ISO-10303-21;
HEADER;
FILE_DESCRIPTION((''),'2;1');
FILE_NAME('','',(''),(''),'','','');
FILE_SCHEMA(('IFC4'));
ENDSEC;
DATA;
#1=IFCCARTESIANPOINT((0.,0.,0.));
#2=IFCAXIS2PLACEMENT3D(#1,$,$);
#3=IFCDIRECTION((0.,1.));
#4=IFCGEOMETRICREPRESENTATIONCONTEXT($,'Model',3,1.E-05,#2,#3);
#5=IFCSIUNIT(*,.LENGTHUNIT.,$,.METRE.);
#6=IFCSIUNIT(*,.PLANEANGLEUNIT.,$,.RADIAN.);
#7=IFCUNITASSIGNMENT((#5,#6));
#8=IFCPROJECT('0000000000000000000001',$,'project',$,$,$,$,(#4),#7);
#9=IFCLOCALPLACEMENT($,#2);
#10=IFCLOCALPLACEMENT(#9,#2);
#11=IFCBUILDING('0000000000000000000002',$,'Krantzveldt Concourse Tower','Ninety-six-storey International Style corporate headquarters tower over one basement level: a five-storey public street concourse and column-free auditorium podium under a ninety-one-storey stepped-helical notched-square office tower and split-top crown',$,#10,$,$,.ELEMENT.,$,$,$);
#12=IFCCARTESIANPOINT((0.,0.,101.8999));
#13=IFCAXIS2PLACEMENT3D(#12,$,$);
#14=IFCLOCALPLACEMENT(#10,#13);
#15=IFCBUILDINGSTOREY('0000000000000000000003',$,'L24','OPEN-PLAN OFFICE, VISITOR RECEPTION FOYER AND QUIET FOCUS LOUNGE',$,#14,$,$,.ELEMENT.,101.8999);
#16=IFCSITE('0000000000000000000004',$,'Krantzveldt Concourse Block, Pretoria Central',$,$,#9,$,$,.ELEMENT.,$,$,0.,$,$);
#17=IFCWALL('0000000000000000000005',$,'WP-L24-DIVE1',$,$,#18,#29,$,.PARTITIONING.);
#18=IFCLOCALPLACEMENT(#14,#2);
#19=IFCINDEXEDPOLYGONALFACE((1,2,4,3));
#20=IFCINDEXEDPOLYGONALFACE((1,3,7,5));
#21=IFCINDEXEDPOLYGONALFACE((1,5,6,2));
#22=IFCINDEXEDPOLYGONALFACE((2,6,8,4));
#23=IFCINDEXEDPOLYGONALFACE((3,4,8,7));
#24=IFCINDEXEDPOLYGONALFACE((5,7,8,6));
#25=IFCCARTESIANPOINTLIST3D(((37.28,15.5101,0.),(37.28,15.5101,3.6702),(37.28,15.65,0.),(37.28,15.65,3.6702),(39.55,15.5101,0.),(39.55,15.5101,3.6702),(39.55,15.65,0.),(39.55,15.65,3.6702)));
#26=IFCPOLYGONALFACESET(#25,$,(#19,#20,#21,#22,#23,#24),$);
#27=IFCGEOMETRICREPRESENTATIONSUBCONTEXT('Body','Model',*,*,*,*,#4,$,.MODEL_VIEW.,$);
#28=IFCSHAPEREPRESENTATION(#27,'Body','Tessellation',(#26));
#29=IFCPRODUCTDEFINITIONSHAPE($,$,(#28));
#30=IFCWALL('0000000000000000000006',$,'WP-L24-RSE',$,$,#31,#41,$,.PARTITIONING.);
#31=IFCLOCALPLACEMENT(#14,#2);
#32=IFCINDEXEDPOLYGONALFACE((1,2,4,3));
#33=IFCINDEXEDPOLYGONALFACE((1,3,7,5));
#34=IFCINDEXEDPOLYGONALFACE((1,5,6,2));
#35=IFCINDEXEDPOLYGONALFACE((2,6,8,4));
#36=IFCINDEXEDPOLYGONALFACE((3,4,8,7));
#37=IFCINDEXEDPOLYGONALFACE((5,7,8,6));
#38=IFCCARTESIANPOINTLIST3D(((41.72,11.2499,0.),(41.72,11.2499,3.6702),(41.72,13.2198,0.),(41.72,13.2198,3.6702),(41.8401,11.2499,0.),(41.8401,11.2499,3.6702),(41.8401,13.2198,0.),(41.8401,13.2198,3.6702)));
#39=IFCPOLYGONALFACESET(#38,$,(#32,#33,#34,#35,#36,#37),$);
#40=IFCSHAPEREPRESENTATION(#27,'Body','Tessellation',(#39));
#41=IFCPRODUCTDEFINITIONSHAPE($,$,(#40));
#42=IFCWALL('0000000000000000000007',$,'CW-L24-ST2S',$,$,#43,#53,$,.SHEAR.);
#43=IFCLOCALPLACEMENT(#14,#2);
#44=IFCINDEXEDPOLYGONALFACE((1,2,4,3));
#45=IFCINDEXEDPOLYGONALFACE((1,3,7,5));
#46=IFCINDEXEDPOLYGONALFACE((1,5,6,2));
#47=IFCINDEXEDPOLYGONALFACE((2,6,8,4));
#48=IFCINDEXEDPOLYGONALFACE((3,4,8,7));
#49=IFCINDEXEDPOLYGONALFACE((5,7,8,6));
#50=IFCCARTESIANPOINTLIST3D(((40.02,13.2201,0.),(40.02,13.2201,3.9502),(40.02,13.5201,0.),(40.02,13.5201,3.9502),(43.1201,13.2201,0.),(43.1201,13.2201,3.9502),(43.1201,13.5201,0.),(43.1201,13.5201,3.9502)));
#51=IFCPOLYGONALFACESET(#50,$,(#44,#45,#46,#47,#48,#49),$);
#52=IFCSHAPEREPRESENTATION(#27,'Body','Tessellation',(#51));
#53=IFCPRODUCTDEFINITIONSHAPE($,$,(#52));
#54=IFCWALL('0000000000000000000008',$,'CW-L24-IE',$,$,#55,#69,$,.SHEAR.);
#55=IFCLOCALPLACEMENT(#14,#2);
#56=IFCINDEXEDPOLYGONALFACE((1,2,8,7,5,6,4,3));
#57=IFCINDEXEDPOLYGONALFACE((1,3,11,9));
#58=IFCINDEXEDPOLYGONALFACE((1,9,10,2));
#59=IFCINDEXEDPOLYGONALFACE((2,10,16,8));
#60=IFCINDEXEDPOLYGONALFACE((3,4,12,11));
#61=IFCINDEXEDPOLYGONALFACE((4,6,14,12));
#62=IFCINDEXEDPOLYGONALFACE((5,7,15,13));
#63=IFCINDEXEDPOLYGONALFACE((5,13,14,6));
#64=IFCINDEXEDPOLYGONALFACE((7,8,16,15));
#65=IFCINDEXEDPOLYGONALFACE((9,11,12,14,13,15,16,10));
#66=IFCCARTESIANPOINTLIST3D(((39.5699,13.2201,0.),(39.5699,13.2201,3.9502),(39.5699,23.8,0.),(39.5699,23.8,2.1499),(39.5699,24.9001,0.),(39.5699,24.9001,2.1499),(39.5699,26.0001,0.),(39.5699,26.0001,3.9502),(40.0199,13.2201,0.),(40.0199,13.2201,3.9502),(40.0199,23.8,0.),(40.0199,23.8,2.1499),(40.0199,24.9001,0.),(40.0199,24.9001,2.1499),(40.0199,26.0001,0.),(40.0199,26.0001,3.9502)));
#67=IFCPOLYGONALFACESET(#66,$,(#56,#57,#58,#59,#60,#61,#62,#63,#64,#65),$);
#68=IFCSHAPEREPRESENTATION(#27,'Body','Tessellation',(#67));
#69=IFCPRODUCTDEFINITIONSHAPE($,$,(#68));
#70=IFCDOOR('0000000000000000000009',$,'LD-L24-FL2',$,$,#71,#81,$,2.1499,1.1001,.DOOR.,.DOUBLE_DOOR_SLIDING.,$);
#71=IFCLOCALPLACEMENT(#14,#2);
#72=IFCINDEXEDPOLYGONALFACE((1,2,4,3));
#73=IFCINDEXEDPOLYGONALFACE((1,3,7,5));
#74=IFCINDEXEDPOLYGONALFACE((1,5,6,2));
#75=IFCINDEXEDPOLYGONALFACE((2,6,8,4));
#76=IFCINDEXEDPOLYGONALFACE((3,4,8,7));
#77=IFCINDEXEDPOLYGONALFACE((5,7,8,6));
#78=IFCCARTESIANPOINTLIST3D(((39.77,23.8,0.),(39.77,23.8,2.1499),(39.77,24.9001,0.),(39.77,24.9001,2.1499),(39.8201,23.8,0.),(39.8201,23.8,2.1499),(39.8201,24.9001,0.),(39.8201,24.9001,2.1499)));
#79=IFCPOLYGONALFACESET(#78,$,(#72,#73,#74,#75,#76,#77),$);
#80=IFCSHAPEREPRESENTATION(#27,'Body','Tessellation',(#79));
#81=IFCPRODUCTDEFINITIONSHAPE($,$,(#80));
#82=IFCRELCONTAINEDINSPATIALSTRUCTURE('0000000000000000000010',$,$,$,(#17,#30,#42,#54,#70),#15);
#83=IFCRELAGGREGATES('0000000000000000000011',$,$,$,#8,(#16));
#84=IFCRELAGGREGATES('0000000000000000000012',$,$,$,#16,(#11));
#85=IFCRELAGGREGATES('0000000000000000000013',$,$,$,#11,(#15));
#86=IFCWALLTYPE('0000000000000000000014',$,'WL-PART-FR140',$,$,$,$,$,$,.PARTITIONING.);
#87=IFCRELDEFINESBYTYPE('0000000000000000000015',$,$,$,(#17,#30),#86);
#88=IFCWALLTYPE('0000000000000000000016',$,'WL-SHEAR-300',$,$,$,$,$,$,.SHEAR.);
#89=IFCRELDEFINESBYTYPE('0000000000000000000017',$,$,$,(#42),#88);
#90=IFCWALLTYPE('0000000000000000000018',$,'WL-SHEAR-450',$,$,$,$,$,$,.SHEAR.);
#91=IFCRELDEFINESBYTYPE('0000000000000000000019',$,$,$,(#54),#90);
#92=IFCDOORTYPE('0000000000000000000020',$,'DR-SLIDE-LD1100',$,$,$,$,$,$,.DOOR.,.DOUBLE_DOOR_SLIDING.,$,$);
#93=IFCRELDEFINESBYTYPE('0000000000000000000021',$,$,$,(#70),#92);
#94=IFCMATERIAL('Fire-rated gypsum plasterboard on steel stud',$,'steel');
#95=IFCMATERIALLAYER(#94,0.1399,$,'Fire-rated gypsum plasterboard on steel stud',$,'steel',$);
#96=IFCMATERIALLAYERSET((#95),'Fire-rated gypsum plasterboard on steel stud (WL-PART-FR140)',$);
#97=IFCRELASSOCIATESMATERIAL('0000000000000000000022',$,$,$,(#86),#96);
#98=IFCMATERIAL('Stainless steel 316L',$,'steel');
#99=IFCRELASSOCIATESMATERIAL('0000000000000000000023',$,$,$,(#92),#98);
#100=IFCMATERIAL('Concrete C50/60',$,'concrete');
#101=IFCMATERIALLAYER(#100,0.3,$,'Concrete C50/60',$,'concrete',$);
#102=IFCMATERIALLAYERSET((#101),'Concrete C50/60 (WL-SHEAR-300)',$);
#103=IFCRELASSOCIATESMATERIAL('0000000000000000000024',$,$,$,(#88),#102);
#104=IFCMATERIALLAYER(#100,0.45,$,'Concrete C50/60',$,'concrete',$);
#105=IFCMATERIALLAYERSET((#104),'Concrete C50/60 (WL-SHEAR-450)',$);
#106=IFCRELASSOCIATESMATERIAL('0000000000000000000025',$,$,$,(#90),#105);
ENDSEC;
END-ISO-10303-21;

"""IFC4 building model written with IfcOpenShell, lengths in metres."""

from ifc_helpers import new_model, si_unit, direction, frame, frame_2d, origin, place, context, subcontext, project, spatial, rectangle, extrude, material, layer, layer_set, type_object, element, fill, save


model = new_model("IFC4")

# Units and contexts
model_context = context("Model", 3, precision=1e-05, world=origin(), true_north=direction((0.0, 1.0)))
body_context = subcontext(model_context, "Body", "Model", "MODEL_VIEW")
ifc_project = project(units=[si_unit("LENGTHUNIT", "METRE"), si_unit("PLANEANGLEUNIT", "RADIAN")], contexts=[model_context])

# Site, building, storey
site_placement = place(None, origin())
site = spatial("IfcSite", under=ifc_project, at=site_placement, Name="Krantzveldt Concourse Block, Pretoria Central", CompositionType="ELEMENT", RefElevation=0.0)
building_placement = place(site_placement, origin())
building = spatial("IfcBuilding", under=site, at=building_placement, Name="Krantzveldt Concourse Tower", Description="Ninety-six-storey International Style corporate headquarters tower over one basement level: a five-storey public street concourse and column-free auditorium podium under a ninety-one-storey stepped-helical notched-square office tower and split-top crown", CompositionType="ELEMENT")
storey_placement = place(building_placement, frame((0.0, 0.0, 101.8999)))
storey = spatial("IfcBuildingStorey", under=building, at=storey_placement, Name="L24", Description="OPEN-PLAN OFFICE, VISITOR RECEPTION FOYER AND QUIET FOCUS LOUNGE", CompositionType="ELEMENT", Elevation=101.8999)

# Shared definitions
ifc_material_1 = material(Name="Fire-rated gypsum plasterboard on steel stud", Category="steel")

# Shared definitions
ifc_layer_1 = layer(ifc_material_1, 0.1399, Name="Fire-rated gypsum plasterboard on steel stud", Category="steel")
ifc_layer_set_1 = layer_set([ifc_layer_1], Name="Fire-rated gypsum plasterboard on steel stud (WL-PART-FR140)")
wall_type_1 = type_object("IfcWallType", Name="WL-PART-FR140", PredefinedType="PARTITIONING", material=ifc_layer_set_1)
ifc_material_2 = material(Name="Stainless steel 316L", Category="steel")
door_type_1 = type_object("IfcDoorType", Name="DR-SLIDE-LD1100", OperationType="DOUBLE_DOOR_SLIDING", PredefinedType="DOOR", material=ifc_material_2)

# Walls
wall_1_placement = place(storey_placement, frame((37.28, 15.5801, 0.0), z_axis=(0.0, 0.0, 1.0), x_axis=(1.0, 0.0, 0.0)))
element("IfcWall", 1, at=wall_1_placement, inside=storey, type_object=wall_type_1, Name="WP-L24-DIVE1", PredefinedType="PARTITIONING", context=body_context, shape_type="SweptSolid", body=[
    extrude(rectangle(XDim=2.27, YDim=0.1399, at=frame_2d((1.135, 0.0))), origin(), (0.0, 0.0, 1.0), 3.6702),
])
wall_2_placement = place(storey_placement, frame((41.78, 11.25, 0.0), z_axis=(0.0, 0.0, 1.0), x_axis=(0.0, 1.0, 0.0)))
element("IfcWall", 2, at=wall_2_placement, inside=storey, type_object=wall_type_1, Name="WP-L24-RSE", PredefinedType="PARTITIONING", context=body_context, shape_type="SweptSolid", body=[
    extrude(rectangle(XDim=1.97, YDim=0.1201, at=frame_2d((0.9849, 0.0))), origin(), (0.0, 0.0, 1.0), 3.6702),
])
ifc_material_3 = material(Name="Concrete C50/60", Category="concrete")
ifc_layer_2 = layer(ifc_material_3, 0.3, Name="Concrete C50/60", Category="concrete")
ifc_layer_set_2 = layer_set([ifc_layer_2], Name="Concrete C50/60 (WL-SHEAR-300)")
wall_type_2 = type_object("IfcWallType", Name="WL-SHEAR-300", PredefinedType="SHEAR", material=ifc_layer_set_2)
wall_3_placement = place(storey_placement, frame((40.02, 13.3701, 0.0), z_axis=(0.0, 0.0, 1.0), x_axis=(1.0, 0.0, 0.0)))
element("IfcWall", 3, at=wall_3_placement, inside=storey, type_object=wall_type_2, Name="CW-L24-ST2S", PredefinedType="SHEAR", context=body_context, shape_type="SweptSolid", body=[
    extrude(rectangle(XDim=3.1001, YDim=0.3, at=frame_2d((1.55, 0.0))), origin(), (0.0, 0.0, 1.0), 3.9502),
])

# Wall, opening, door
ifc_layer_3 = layer(ifc_material_3, 0.45, Name="Concrete C50/60", Category="concrete")
ifc_layer_set_3 = layer_set([ifc_layer_3], Name="Concrete C50/60 (WL-SHEAR-450)")
wall_type_3 = type_object("IfcWallType", Name="WL-SHEAR-450", PredefinedType="SHEAR", material=ifc_layer_set_3)
wall_4_placement = place(storey_placement, frame((39.7949, 13.22, 0.0), z_axis=(0.0, 0.0, 1.0), x_axis=(0.0, 1.0, 0.0)))
wall_4 = element("IfcWall", 4, at=wall_4_placement, inside=storey, type_object=wall_type_3, Name="CW-L24-IE", PredefinedType="SHEAR", context=body_context, shape_type="SweptSolid", body=[
    extrude(rectangle(XDim=12.78, YDim=0.45, at=frame_2d((6.3901, 0.0))), origin(), (0.0, 0.0, 1.0), 3.9502),
])
opening_1_placement = place(wall_4_placement, frame((10.5801, 0.0, 0.0)))
opening_1 = element("IfcOpeningElement", 5, at=opening_1_placement, cuts=wall_4, PredefinedType="OPENING", context=body_context, shape_type="SweptSolid", body=[
    extrude(rectangle(XDim=1.1001, YDim=2.1499, at=frame_2d((0.55, 1.075))), frame((0.0, 0.2349, 0.0), z_axis=(0.0, -1.0, 0.0), x_axis=(1.0, 0.0, 0.0)), (0.0, 0.0, 1.0), 0.47),
])
door_1_placement = place(opening_1_placement, origin())
door_1 = element("IfcDoor", 6, at=door_1_placement, inside=storey, type_object=door_type_1, Name="LD-L24-FL2", OperationType="DOUBLE_DOOR_SLIDING", OverallHeight=2.1499, OverallWidth=1.1001, PredefinedType="DOOR", context=body_context, shape_type="SweptSolid", body=[
    extrude(rectangle(XDim=1.1001, YDim=2.1499, at=frame_2d((0.55, 1.075))), frame((0.0, 0.0249, 0.0), z_axis=(0.0, -1.0, 0.0), x_axis=(1.0, 0.0, 0.0)), (0.0, 0.0, 1.0), 0.05),
])
fill(opening_1, door_1)

save(model, "model.ifc")
